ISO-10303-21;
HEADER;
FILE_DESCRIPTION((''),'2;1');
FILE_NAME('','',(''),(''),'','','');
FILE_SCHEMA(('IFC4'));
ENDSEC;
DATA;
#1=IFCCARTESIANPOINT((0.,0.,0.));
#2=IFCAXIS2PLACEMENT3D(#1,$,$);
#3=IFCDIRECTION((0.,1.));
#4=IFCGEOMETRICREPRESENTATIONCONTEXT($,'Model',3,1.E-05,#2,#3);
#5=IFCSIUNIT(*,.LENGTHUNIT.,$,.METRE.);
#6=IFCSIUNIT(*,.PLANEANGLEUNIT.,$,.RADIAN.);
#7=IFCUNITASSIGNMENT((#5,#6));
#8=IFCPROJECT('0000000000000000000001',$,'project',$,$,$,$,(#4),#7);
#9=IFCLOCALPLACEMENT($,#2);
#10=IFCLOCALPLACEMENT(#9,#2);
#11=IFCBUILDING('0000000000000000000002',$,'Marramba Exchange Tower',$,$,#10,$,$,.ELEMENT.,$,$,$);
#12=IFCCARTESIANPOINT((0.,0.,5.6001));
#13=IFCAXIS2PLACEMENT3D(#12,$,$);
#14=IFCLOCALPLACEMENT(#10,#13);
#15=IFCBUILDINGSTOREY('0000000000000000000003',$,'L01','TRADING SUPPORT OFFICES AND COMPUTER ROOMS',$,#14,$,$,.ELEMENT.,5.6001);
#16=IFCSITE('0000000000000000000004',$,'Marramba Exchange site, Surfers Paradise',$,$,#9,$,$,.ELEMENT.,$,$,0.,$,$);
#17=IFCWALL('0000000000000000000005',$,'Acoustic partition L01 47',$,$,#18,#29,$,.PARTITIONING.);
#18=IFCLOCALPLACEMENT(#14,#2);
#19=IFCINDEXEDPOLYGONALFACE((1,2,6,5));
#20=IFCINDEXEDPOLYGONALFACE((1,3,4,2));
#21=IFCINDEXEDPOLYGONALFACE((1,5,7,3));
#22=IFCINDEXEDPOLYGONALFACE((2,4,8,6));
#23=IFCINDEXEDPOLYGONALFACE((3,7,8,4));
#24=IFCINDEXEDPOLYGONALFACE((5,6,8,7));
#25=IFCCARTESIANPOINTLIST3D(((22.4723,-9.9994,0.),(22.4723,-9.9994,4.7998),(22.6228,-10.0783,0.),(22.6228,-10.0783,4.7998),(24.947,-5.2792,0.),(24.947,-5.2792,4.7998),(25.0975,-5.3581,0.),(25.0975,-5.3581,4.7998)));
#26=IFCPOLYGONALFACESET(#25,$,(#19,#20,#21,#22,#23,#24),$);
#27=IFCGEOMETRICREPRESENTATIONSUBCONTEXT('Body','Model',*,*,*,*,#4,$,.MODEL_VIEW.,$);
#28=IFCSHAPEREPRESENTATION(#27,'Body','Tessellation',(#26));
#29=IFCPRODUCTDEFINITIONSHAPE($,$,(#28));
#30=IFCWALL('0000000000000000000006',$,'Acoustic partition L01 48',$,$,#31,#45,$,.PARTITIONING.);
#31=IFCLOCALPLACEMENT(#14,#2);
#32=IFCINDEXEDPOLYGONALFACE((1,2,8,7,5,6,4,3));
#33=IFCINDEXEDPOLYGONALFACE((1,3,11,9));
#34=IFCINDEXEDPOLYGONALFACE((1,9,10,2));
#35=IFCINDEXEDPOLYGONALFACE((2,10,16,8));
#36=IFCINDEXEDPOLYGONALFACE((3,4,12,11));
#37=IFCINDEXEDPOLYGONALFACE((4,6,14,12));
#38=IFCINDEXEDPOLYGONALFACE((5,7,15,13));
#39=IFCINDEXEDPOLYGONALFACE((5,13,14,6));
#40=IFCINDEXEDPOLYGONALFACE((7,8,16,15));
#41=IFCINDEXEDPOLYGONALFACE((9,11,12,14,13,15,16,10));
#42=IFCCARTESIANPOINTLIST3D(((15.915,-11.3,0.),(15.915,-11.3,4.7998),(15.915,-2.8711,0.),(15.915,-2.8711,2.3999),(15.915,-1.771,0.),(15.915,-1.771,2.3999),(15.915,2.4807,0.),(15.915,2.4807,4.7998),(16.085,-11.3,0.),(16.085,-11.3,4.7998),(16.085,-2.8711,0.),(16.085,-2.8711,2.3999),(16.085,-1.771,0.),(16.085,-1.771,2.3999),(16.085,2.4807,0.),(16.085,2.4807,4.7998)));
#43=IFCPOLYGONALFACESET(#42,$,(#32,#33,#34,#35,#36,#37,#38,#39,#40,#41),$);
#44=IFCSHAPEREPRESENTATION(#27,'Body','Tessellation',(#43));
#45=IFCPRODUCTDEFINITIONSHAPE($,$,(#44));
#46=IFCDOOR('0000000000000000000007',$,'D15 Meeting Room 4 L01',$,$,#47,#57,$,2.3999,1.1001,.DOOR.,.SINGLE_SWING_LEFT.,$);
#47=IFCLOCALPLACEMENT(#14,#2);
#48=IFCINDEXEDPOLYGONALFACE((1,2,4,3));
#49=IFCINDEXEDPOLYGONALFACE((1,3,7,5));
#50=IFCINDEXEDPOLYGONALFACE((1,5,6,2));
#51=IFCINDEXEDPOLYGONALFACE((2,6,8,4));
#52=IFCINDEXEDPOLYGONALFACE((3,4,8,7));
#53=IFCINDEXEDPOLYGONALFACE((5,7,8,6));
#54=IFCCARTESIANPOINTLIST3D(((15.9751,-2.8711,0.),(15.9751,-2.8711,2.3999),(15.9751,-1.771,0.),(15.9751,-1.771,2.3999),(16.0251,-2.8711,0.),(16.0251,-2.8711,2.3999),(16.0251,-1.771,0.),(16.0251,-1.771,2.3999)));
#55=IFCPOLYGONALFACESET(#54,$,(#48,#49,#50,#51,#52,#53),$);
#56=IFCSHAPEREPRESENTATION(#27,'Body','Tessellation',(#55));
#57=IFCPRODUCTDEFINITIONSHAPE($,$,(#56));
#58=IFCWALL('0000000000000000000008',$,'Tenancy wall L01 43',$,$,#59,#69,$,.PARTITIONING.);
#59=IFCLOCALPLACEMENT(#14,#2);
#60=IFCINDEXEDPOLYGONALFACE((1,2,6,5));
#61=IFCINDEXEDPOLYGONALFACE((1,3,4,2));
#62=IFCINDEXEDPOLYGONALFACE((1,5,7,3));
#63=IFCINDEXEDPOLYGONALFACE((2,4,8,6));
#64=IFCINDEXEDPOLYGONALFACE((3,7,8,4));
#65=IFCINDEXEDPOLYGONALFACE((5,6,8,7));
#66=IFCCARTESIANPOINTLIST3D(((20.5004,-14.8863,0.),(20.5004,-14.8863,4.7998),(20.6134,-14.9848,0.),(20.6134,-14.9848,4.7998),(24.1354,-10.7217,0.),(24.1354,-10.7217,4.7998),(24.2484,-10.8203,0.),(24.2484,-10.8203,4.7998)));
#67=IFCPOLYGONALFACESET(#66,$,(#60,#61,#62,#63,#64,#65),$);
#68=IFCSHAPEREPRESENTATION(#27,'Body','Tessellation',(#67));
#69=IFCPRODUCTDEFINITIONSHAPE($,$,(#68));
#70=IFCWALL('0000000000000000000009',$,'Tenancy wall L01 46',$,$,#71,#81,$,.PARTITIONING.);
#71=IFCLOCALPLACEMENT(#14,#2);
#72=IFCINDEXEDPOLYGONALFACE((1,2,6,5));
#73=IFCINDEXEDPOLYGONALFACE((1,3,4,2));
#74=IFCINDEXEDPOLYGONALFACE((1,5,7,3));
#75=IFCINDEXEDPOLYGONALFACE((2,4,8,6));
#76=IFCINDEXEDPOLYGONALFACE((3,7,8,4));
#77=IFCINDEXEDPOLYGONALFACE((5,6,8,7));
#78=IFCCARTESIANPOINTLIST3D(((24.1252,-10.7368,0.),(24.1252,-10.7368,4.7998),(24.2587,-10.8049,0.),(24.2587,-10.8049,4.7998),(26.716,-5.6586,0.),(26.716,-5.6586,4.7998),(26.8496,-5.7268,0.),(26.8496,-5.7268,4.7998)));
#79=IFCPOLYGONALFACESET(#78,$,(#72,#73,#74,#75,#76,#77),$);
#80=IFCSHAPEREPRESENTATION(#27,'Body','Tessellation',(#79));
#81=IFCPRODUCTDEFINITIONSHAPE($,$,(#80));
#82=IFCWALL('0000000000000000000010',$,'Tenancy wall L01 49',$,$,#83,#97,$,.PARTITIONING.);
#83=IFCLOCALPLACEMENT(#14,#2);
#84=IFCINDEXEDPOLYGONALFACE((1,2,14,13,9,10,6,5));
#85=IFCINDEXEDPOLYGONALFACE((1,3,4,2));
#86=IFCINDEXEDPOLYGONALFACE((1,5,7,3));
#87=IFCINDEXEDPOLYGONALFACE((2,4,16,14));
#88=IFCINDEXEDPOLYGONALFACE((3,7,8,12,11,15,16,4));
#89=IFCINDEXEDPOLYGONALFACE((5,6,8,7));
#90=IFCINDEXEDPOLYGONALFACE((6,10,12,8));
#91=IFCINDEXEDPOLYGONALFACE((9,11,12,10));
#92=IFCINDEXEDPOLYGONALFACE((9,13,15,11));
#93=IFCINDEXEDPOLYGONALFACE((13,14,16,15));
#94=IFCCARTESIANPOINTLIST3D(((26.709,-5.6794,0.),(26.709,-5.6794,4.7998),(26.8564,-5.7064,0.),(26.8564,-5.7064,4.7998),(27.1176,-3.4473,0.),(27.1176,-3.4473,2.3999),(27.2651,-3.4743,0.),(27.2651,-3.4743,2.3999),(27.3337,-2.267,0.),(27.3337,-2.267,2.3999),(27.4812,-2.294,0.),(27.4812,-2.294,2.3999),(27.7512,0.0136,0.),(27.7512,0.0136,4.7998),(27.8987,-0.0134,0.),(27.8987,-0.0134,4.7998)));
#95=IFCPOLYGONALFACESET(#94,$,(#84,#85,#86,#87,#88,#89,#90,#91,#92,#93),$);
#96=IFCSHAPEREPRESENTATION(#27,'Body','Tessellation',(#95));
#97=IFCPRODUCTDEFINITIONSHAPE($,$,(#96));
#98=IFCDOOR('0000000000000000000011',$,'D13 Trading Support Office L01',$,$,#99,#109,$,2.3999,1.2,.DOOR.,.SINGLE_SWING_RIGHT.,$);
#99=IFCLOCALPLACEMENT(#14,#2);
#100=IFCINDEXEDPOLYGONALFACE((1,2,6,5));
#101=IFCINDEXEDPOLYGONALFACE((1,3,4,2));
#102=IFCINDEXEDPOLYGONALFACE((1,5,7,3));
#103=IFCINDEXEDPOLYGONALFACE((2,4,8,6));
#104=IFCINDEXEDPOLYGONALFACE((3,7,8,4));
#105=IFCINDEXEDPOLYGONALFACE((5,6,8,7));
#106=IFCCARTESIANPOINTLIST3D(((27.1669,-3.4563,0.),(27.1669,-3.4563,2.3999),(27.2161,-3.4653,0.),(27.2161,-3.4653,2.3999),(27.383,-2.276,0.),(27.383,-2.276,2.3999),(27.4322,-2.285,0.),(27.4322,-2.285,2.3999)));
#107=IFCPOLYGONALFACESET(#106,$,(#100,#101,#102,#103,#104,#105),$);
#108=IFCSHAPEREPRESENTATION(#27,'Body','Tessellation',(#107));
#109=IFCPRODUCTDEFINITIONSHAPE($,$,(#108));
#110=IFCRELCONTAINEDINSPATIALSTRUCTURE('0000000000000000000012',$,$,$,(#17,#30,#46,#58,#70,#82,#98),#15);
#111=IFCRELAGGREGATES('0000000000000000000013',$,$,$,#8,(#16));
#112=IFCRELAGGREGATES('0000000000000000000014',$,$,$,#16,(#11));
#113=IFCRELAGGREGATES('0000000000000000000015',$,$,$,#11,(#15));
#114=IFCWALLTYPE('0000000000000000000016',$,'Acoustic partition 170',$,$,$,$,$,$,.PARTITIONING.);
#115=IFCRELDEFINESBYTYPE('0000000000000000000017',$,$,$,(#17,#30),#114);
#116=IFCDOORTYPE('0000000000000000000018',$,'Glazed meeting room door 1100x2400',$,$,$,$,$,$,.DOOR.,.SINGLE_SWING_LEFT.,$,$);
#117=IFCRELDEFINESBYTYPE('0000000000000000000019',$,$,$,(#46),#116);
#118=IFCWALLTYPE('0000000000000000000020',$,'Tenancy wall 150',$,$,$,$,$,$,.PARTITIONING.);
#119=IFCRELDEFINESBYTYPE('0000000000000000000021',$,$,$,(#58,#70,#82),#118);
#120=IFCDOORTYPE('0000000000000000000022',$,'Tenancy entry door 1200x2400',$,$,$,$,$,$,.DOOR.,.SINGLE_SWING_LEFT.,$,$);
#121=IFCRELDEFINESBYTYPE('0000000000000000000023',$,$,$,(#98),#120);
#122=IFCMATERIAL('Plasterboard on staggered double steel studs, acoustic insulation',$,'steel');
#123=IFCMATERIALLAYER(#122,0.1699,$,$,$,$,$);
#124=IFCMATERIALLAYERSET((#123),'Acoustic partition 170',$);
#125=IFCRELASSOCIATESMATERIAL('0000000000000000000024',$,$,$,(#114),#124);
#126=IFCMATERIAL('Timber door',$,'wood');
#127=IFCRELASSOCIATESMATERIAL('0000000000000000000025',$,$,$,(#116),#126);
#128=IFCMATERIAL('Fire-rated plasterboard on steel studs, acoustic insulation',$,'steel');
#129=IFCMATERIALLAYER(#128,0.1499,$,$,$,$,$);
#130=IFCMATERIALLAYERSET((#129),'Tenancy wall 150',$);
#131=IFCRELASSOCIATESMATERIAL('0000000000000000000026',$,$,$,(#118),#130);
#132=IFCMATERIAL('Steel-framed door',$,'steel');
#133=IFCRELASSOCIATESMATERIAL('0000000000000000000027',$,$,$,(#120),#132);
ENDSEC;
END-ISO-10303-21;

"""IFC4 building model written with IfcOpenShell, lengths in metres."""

from ifc_helpers import new_model, si_unit, direction, frame, frame_2d, origin, place, context, subcontext, project, spatial, rectangle, extrude, material, layer, layer_set, type_object, element, fill, save


model = new_model("IFC4")

# Units and contexts
model_context = context("Model", 3, precision=1e-05, world=origin(), true_north=direction((0.0, 1.0)))
body_context = subcontext(model_context, "Body", "Model", "MODEL_VIEW")
ifc_project = project(units=[si_unit("LENGTHUNIT", "METRE"), si_unit("PLANEANGLEUNIT", "RADIAN")], contexts=[model_context])

# Site, building, storey
site_placement = place(None, origin())
site = spatial("IfcSite", under=ifc_project, at=site_placement, Name="Marramba Exchange site, Surfers Paradise", CompositionType="ELEMENT", RefElevation=0.0)
building_placement = place(site_placement, origin())
building = spatial("IfcBuilding", under=site, at=building_placement, Name="Marramba Exchange Tower", CompositionType="ELEMENT")
storey_placement = place(building_placement, frame((0.0, 0.0, 5.6001)))
storey = spatial("IfcBuildingStorey", under=building, at=storey_placement, Name="L01", Description="TRADING SUPPORT OFFICES AND COMPUTER ROOMS", CompositionType="ELEMENT", Elevation=5.6001)

# Shared definitions
ifc_material_1 = material(Name="Plasterboard on staggered double steel studs, acoustic insulation", Category="steel")
ifc_layer_1 = layer(ifc_material_1, 0.1699)
ifc_layer_set_1 = layer_set([ifc_layer_1], Name="Acoustic partition 170")
wall_type_1 = type_object("IfcWallType", Name="Acoustic partition 170", PredefinedType="PARTITIONING", material=ifc_layer_set_1)

# Shared definitions
ifc_material_2 = material(Name="Timber door", Category="wood")

# Wall
wall_1_placement = place(storey_placement, frame((25.0222, -5.3186, 0.0), z_axis=(0.0, 0.0, 1.0), x_axis=(-0.464318, -0.885668, 0.0)))
element("IfcWall", 1, at=wall_1_placement, inside=storey, type_object=wall_type_1, Name="Acoustic partition L01 47", PredefinedType="PARTITIONING", context=body_context, shape_type="SweptSolid", body=[
    extrude(rectangle(XDim=5.3296, YDim=0.1699, at=frame_2d((2.6648, 0.0))), origin(), (0.0, 0.0, 1.0), 4.7998),
])

# Wall, opening, door
wall_2_placement = place(storey_placement, frame((16.0, -11.3, 0.0), z_axis=(0.0, 0.0, 1.0), x_axis=(0.0, 1.0, 0.0)))
wall_2 = element("IfcWall", 2, at=wall_2_placement, inside=storey, type_object=wall_type_1, Name="Acoustic partition L01 48", PredefinedType="PARTITIONING", context=body_context, shape_type="SweptSolid", body=[
    extrude(rectangle(XDim=13.7808, YDim=0.1699, at=frame_2d((6.8904, 0.0))), origin(), (0.0, 0.0, 1.0), 4.7998),
])
opening_1_placement = place(wall_2_placement, frame((8.429, 0.0, 0.0)))
opening_1 = element("IfcOpeningElement", 3, at=opening_1_placement, cuts=wall_2, PredefinedType="OPENING", context=body_context, shape_type="SweptSolid", body=[
    extrude(rectangle(XDim=1.1001, YDim=2.3999, at=frame_2d((0.55, 1.2))), frame((0.0, 0.095, 0.0), z_axis=(0.0, -1.0, 0.0), x_axis=(1.0, 0.0, 0.0)), (0.0, 0.0, 1.0), 0.1899),
])
door_type_1 = type_object("IfcDoorType", Name="Glazed meeting room door 1100x2400", OperationType="SINGLE_SWING_LEFT", PredefinedType="DOOR", material=ifc_material_2)
door_1_placement = place(opening_1_placement, origin())
door_1 = element("IfcDoor", 4, at=door_1_placement, inside=storey, type_object=door_type_1, Name="D15 Meeting Room 4 L01", OperationType="SINGLE_SWING_LEFT", OverallHeight=2.3999, OverallWidth=1.1001, PredefinedType="DOOR", context=body_context, shape_type="SweptSolid", body=[
    extrude(rectangle(XDim=1.1001, YDim=2.3999, at=frame_2d((0.55, 1.2))), frame((0.0, 0.0249, 0.0), z_axis=(0.0, -1.0, 0.0), x_axis=(1.0, 0.0, 0.0)), (0.0, 0.0, 1.0), 0.05),
])
fill(opening_1, door_1)
ifc_material_3 = material(Name="Steel-framed door", Category="steel")

# Walls
ifc_material_4 = material(Name="Fire-rated plasterboard on steel studs, acoustic insulation", Category="steel")
ifc_layer_2 = layer(ifc_material_4, 0.1499)
ifc_layer_set_2 = layer_set([ifc_layer_2], Name="Tenancy wall 150")
wall_type_2 = type_object("IfcWallType", Name="Tenancy wall 150", PredefinedType="PARTITIONING", material=ifc_layer_set_2)
wall_3_placement = place(storey_placement, frame((20.5569, -14.9355, 0.0), z_axis=(0.0, 0.0, 1.0), x_axis=(0.657585, 0.75338, 0.0)))
element("IfcWall", 5, at=wall_3_placement, inside=storey, type_object=wall_type_2, Name="Tenancy wall L01 43", PredefinedType="PARTITIONING", context=body_context, shape_type="SweptSolid", body=[
    extrude(rectangle(XDim=5.5278, YDim=0.1499, at=frame_2d((2.7639, 0.0))), origin(), (0.0, 0.0, 1.0), 4.7998),
])
wall_4_placement = place(storey_placement, frame((24.1919, -10.771, 0.0), z_axis=(0.0, 0.0, 1.0), x_axis=(0.454462, 0.890766, 0.0)))
element("IfcWall", 6, at=wall_4_placement, inside=storey, type_object=wall_type_2, Name="Tenancy wall L01 46", PredefinedType="PARTITIONING", context=body_context, shape_type="SweptSolid", body=[
    extrude(rectangle(XDim=5.7009, YDim=0.1499, at=frame_2d((2.8506, 0.0))), origin(), (0.0, 0.0, 1.0), 4.7998),
])

# Wall, opening, door
wall_5_placement = place(storey_placement, frame((26.7827, -5.6929, 0.0), z_axis=(0.0, 0.0, 1.0), x_axis=(0.180084, 0.983651, 0.0)))
wall_5 = element("IfcWall", 7, at=wall_5_placement, inside=storey, type_object=wall_type_2, Name="Tenancy wall L01 49", PredefinedType="PARTITIONING", context=body_context, shape_type="SweptSolid", body=[
    extrude(rectangle(XDim=5.7876, YDim=0.1499, at=frame_2d((2.8938, 0.0))), origin(), (0.0, 0.0, 1.0), 4.7998),
])
opening_2_placement = place(wall_5_placement, frame((2.269, 0.0, 0.0)))
opening_2 = element("IfcOpeningElement", 8, at=opening_2_placement, cuts=wall_5, PredefinedType="OPENING", context=body_context, shape_type="SweptSolid", body=[
    extrude(rectangle(XDim=1.2, YDim=2.3999, at=frame_2d((0.6001, 1.2))), frame((0.0, 0.085, 0.0), z_axis=(0.0, -1.0, 0.0), x_axis=(1.0, 0.0, 0.0)), (0.0, 0.0, 1.0), 0.1699),
])
door_type_2 = type_object("IfcDoorType", Name="Tenancy entry door 1200x2400", OperationType="SINGLE_SWING_LEFT", PredefinedType="DOOR", material=ifc_material_3)
door_2_placement = place(opening_2_placement, origin())
door_2 = element("IfcDoor", 9, at=door_2_placement, inside=storey, type_object=door_type_2, Name="D13 Trading Support Office L01", OperationType="SINGLE_SWING_RIGHT", OverallHeight=2.3999, OverallWidth=1.2, PredefinedType="DOOR", context=body_context, shape_type="SweptSolid", body=[
    extrude(rectangle(XDim=1.2, YDim=2.3999, at=frame_2d((0.6001, 1.2))), frame((0.0, 0.0249, 0.0), z_axis=(0.0, -1.0, 0.0), x_axis=(1.0, 0.0, 0.0)), (0.0, 0.0, 1.0), 0.05),
])
fill(opening_2, door_2)

save(model, "model.ifc")
